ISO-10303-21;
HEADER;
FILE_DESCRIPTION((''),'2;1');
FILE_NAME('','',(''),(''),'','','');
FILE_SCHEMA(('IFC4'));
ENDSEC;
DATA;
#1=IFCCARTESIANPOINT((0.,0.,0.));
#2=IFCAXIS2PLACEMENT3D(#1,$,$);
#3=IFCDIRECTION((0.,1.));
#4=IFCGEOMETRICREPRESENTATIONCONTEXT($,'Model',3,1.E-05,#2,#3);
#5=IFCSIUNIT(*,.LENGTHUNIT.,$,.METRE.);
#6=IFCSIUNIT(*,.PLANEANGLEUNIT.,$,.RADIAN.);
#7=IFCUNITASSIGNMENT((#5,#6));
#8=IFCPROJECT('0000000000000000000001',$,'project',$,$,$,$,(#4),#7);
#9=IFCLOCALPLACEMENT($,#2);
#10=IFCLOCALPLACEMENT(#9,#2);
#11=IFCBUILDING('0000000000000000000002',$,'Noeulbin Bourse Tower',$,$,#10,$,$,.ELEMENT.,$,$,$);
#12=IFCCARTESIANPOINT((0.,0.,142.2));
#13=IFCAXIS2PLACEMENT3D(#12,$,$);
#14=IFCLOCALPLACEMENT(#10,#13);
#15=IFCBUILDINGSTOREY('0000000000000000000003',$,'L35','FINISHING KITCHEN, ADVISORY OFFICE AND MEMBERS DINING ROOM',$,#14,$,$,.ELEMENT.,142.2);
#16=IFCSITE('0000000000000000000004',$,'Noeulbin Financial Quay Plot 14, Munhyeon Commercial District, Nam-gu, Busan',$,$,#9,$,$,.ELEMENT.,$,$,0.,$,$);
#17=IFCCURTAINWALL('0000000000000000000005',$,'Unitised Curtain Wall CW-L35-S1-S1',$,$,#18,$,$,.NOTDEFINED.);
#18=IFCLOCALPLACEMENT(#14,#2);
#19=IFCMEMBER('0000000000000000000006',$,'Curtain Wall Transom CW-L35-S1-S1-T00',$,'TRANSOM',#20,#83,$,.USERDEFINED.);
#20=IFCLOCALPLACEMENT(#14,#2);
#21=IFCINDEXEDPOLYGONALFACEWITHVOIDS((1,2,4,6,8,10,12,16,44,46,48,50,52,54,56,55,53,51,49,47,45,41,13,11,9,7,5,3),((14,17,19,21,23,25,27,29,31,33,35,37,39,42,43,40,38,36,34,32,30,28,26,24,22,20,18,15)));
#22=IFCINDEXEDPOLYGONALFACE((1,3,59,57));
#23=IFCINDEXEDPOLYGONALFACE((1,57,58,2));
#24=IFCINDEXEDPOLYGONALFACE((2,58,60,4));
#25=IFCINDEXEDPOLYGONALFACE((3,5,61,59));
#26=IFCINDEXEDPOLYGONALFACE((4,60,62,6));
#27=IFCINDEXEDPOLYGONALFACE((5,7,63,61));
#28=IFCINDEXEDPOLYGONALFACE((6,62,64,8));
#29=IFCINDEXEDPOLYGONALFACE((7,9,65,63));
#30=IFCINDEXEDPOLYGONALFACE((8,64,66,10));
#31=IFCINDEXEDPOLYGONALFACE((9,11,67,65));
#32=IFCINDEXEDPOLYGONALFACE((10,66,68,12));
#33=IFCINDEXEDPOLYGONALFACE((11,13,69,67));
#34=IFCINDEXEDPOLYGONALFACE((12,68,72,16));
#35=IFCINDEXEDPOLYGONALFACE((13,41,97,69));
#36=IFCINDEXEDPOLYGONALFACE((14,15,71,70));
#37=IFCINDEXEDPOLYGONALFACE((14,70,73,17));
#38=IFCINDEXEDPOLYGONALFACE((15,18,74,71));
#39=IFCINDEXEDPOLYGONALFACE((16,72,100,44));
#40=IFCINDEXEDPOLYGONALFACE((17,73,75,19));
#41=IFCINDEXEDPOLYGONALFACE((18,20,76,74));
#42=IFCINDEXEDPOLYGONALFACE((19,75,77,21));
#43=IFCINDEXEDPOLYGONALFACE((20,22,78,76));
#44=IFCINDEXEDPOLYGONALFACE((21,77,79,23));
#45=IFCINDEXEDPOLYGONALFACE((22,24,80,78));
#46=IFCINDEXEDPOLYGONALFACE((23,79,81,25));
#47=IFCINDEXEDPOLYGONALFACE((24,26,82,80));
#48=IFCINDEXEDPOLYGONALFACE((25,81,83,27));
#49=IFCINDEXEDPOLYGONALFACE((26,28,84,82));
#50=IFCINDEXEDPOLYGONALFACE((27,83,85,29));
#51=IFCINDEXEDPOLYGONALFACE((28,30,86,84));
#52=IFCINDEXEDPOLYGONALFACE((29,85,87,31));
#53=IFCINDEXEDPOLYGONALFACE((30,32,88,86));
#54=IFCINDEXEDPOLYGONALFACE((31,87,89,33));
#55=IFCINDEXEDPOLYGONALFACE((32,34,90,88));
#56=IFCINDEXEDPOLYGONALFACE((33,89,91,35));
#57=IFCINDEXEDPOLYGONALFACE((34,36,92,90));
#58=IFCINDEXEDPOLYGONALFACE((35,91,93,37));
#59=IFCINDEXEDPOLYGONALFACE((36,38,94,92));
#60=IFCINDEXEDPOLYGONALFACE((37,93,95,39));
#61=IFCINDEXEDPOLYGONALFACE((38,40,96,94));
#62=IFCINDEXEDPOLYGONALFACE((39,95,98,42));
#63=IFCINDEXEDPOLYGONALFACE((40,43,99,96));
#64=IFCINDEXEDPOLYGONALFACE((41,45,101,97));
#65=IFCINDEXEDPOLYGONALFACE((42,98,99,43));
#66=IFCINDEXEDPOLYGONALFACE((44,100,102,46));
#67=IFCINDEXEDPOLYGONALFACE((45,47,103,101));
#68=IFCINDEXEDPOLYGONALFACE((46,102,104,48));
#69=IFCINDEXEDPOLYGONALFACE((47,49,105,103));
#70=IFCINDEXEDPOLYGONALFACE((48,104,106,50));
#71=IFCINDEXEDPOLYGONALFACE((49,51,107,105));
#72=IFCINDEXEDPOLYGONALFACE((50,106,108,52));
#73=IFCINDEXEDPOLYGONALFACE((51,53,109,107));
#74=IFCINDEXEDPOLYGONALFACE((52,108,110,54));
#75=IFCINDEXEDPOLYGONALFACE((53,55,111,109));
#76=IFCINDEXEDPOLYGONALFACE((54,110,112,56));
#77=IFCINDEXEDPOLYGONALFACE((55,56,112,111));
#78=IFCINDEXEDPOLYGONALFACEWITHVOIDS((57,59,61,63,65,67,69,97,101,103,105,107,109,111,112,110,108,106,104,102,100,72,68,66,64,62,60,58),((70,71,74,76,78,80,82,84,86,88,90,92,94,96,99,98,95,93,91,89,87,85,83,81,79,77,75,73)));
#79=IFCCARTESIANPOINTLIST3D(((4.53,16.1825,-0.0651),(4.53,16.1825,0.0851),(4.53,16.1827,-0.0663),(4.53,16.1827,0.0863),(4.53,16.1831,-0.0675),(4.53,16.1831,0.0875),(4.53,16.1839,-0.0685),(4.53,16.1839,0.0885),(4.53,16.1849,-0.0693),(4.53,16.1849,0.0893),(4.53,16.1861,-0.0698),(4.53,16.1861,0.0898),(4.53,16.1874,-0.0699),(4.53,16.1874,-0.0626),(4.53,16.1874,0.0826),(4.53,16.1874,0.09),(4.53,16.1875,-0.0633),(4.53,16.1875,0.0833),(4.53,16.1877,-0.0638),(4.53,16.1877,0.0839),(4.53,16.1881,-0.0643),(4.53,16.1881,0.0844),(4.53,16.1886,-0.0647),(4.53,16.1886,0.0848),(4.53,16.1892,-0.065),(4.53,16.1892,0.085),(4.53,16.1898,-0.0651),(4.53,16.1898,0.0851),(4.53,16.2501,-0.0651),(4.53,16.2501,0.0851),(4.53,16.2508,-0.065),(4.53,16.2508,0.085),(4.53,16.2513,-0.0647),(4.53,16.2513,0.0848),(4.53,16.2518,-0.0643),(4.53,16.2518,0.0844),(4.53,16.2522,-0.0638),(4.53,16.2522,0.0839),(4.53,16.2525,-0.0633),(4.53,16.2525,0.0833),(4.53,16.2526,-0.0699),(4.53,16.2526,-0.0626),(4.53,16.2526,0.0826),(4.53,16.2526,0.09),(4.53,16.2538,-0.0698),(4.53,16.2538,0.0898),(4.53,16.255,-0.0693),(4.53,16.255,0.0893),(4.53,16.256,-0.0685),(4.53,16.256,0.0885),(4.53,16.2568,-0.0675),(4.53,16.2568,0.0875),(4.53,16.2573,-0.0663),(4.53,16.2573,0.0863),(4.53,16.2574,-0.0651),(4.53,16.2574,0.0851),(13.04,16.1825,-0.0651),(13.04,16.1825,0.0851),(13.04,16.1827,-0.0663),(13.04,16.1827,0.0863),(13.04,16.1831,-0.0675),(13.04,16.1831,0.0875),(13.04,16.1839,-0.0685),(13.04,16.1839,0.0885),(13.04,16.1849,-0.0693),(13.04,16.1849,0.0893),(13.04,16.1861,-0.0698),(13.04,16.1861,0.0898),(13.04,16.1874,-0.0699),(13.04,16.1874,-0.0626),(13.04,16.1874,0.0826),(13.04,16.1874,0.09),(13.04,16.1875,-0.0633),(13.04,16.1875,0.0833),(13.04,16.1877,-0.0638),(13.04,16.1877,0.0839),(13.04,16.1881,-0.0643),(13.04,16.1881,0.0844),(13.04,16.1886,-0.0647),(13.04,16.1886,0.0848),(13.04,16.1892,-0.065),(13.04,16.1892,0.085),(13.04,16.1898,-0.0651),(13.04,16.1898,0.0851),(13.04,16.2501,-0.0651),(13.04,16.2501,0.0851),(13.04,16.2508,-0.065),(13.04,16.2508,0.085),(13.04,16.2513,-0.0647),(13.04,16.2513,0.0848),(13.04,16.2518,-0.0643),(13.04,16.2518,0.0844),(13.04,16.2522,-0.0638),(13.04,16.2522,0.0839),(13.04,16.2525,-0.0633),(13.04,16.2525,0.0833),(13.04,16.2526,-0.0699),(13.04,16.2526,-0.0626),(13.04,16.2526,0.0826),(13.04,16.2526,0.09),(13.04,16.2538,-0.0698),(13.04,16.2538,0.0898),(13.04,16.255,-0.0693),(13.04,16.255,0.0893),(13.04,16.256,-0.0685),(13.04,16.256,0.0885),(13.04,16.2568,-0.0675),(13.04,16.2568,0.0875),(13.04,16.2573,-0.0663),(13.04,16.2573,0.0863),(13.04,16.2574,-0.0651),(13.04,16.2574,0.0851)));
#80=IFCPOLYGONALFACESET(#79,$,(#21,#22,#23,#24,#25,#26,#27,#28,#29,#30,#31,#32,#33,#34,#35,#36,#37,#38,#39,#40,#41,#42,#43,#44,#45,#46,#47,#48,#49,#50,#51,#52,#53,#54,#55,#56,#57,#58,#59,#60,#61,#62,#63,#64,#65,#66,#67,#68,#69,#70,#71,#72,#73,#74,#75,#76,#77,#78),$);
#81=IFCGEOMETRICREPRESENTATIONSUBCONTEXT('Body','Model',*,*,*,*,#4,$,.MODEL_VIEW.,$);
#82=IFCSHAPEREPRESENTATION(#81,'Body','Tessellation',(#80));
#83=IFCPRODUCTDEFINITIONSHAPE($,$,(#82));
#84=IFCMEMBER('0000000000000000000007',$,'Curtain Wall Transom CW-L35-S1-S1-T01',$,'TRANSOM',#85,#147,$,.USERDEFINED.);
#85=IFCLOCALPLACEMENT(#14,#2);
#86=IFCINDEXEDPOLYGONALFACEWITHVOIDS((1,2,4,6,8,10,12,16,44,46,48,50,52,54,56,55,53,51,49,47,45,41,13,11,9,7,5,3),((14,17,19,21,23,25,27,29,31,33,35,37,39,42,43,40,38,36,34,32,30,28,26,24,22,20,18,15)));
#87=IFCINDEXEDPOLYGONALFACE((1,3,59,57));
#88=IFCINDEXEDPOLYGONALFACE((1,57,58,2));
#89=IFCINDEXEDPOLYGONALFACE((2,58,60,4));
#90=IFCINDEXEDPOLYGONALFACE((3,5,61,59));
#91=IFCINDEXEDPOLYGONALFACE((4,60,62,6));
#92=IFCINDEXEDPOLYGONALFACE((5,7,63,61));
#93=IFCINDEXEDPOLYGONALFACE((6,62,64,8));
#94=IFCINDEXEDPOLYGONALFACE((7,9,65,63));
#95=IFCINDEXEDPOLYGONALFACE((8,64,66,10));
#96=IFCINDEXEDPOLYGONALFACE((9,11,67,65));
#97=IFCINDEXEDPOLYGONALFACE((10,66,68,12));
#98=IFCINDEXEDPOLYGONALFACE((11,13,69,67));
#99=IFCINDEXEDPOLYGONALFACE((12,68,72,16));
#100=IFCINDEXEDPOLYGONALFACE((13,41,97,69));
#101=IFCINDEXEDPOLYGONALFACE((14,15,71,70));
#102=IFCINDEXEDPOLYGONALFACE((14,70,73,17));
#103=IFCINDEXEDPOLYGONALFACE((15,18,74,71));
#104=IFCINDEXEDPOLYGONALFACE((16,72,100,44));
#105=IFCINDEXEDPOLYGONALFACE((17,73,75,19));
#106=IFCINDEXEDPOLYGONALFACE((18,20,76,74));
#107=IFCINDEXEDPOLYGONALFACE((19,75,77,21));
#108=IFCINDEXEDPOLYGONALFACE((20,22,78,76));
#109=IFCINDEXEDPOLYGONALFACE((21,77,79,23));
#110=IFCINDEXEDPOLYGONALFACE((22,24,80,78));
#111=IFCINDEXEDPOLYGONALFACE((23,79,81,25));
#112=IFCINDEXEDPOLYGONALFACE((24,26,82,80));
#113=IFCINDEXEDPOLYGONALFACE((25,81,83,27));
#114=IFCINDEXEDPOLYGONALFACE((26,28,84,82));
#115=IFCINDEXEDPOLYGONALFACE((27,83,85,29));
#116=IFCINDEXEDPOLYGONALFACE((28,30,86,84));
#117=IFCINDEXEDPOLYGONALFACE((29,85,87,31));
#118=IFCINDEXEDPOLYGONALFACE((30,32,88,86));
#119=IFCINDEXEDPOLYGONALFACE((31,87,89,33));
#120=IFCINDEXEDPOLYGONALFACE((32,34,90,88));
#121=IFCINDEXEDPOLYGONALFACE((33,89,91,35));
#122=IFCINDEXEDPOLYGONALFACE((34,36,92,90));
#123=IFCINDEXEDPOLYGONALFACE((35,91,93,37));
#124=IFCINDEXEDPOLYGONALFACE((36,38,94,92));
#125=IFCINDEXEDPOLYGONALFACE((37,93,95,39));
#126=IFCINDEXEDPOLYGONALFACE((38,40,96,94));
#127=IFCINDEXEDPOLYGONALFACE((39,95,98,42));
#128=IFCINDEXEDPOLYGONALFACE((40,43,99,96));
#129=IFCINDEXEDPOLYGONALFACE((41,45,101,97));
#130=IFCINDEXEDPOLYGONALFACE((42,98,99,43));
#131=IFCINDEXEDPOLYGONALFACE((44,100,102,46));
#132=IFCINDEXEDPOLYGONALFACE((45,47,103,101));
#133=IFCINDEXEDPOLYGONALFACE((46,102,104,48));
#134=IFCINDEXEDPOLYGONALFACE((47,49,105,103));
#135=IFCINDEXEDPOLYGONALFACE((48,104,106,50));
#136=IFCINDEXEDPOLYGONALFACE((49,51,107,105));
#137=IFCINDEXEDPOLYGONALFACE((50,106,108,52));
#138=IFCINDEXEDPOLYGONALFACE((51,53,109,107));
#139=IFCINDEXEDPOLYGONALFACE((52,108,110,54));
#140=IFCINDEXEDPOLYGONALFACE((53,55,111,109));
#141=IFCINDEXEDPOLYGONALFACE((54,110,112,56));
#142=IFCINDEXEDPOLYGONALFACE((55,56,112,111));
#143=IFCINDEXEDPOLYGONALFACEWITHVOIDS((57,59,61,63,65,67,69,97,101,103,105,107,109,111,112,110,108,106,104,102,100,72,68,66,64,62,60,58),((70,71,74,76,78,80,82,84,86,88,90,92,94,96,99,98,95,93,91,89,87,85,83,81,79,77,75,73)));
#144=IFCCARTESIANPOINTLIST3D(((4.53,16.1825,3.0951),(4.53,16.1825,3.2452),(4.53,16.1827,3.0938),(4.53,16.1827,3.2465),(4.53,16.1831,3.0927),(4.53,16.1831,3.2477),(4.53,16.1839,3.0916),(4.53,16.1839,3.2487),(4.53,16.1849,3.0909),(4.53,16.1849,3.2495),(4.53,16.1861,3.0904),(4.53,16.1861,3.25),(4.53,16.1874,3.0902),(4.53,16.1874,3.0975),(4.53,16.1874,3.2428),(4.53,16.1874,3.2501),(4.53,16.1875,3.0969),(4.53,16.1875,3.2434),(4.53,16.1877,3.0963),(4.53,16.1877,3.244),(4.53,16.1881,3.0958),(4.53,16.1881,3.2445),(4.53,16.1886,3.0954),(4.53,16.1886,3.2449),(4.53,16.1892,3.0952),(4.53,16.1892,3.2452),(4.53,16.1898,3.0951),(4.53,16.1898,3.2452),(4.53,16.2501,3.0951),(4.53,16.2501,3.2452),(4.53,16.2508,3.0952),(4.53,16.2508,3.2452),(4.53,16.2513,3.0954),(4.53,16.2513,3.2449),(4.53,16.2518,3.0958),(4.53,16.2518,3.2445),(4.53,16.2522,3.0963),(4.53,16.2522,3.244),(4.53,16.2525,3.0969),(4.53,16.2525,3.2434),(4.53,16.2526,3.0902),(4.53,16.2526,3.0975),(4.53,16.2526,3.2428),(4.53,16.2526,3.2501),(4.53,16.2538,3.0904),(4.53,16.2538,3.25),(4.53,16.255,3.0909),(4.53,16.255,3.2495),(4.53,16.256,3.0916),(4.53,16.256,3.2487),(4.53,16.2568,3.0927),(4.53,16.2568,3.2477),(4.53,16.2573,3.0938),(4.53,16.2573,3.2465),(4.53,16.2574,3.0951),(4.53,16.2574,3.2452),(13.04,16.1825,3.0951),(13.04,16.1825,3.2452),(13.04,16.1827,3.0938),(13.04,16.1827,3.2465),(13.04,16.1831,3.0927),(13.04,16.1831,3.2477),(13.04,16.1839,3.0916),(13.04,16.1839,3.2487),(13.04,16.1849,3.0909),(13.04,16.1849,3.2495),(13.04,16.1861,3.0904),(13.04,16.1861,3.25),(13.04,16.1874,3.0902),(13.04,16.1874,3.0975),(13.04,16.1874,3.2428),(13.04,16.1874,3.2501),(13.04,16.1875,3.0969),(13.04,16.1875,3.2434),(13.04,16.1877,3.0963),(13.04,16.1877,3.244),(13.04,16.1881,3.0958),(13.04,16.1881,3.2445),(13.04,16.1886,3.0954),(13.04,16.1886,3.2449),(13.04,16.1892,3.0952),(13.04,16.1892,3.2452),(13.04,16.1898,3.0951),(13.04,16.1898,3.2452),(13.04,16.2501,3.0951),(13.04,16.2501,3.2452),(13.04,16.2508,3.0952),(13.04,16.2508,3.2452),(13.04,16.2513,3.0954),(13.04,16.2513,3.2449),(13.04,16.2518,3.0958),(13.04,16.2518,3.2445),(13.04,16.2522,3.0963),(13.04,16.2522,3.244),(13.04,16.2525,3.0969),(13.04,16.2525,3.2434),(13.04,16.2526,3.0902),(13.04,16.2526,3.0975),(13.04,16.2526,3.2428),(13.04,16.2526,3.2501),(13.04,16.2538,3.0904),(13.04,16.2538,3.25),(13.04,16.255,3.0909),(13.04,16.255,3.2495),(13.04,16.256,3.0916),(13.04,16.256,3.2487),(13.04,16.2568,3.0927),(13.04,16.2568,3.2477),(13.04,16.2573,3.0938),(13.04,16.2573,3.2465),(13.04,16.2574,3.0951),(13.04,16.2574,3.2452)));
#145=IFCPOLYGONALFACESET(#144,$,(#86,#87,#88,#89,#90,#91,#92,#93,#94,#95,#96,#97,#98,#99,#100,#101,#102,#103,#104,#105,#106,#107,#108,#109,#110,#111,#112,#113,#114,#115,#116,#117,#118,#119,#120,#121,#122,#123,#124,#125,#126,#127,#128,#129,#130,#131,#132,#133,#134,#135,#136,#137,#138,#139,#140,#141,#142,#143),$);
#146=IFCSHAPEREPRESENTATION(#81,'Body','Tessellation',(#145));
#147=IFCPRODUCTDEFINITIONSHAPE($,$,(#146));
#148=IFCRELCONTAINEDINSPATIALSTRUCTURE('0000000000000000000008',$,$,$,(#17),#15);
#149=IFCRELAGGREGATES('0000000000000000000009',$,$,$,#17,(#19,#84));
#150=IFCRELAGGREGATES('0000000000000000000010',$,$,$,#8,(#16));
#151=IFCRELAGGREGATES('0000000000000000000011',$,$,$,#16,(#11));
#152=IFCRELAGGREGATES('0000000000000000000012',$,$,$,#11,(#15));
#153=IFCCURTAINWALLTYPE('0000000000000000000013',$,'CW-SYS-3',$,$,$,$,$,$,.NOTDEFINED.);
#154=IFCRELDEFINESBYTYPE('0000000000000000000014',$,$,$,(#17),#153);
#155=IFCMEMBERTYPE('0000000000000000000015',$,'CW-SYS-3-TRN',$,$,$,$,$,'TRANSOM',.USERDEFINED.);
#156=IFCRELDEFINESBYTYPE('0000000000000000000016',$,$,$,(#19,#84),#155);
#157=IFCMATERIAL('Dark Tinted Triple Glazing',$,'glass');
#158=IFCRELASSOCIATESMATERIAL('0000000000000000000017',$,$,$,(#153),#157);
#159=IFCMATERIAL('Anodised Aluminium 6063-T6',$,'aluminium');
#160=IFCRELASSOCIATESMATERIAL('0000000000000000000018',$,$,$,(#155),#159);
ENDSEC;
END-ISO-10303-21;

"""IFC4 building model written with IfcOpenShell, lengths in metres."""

from ifc_helpers import new_model, si_unit, direction, frame, origin, origin_2d, place, context, subcontext, project, spatial, hollow_rectangle, extrude, material, material_profile, profile_set, type_object, element, aggregate, save


model = new_model("IFC4")

# Units and contexts
model_context = context("Model", 3, precision=1e-05, world=origin(), true_north=direction((0.0, 1.0)))
body_context = subcontext(model_context, "Body", "Model", "MODEL_VIEW")
ifc_project = project(units=[si_unit("LENGTHUNIT", "METRE"), si_unit("PLANEANGLEUNIT", "RADIAN")], contexts=[model_context])

# Site, building, storey
site_placement = place(None, origin())
site = spatial("IfcSite", under=ifc_project, at=site_placement, Name="Noeulbin Financial Quay Plot 14, Munhyeon Commercial District, Nam-gu, Busan", CompositionType="ELEMENT", RefElevation=0.0)
building_placement = place(site_placement, origin())
building = spatial("IfcBuilding", under=site, at=building_placement, Name="Noeulbin Bourse Tower", CompositionType="ELEMENT")
storey_placement = place(building_placement, frame((0.0, 0.0, 142.2)))
storey = spatial("IfcBuildingStorey", under=building, at=storey_placement, Name="L35", Description="FINISHING KITCHEN, ADVISORY OFFICE AND MEMBERS DINING ROOM", CompositionType="ELEMENT", Elevation=142.2)

# Curtain wall
ifc_material_1 = material(Name="Dark Tinted Triple Glazing", Category="glass")
curtain_wall_type = type_object("IfcCurtainWallType", Name="CW-SYS-3", PredefinedType="NOTDEFINED", material=ifc_material_1)
curtain_wall_1_placement = place(storey_placement, origin())
curtain_wall_1 = element("IfcCurtainWall", 1, at=curtain_wall_1_placement, inside=storey, type_object=curtain_wall_type, Name="Unitised Curtain Wall CW-L35-S1-S1", PredefinedType="NOTDEFINED")
ifc_material_2 = material(Name="Anodised Aluminium 6063-T6", Category="aluminium")

# Members
ifc_material_profile_1 = material_profile(ifc_material_2, hollow_rectangle(XDim=0.075, YDim=0.1599, WallThickness=0.0049, InnerFilletRadius=0.0024, OuterFilletRadius=0.0049, at=origin_2d()), Name="ALU-TRAN-75x160x5", Category="LoadBearing")
ifc_profile_set_1 = profile_set([ifc_material_profile_1], Name="Anodised Aluminium 6063-T6")
member_type_1 = type_object("IfcMemberType", Name="CW-SYS-3-TRN", ElementType="TRANSOM", PredefinedType="USERDEFINED", material=ifc_profile_set_1)
member_1_placement = place(storey_placement, frame((4.53, 16.22, 0.01), z_axis=(1.0, 0.0, 0.0), x_axis=(0.0, 1.0, 0.0)))
member_1 = element("IfcMember", 2, at=member_1_placement, type_object=member_type_1, Name="Curtain Wall Transom CW-L35-S1-S1-T00", ObjectType="TRANSOM", PredefinedType="USERDEFINED", context=body_context, shape_type="SweptSolid", body=[
    extrude(hollow_rectangle(XDim=0.075, YDim=0.1599, WallThickness=0.0049, InnerFilletRadius=0.0024, OuterFilletRadius=0.0049, at=origin_2d()), origin(), (0.0, 0.0, 1.0), 8.51),
])
member_2_placement = place(storey_placement, frame((4.53, 16.22, 3.1702), z_axis=(1.0, 0.0, 0.0), x_axis=(0.0, 1.0, 0.0)))
member_2 = element("IfcMember", 3, at=member_2_placement, type_object=member_type_1, Name="Curtain Wall Transom CW-L35-S1-S1-T01", ObjectType="TRANSOM", PredefinedType="USERDEFINED", context=body_context, shape_type="SweptSolid", body=[
    extrude(hollow_rectangle(XDim=0.075, YDim=0.1599, WallThickness=0.0049, InnerFilletRadius=0.0024, OuterFilletRadius=0.0049, at=origin_2d()), origin(), (0.0, 0.0, 1.0), 8.51),
])

aggregate(curtain_wall_1, [member_1, member_2])

save(model, "model.ifc")
